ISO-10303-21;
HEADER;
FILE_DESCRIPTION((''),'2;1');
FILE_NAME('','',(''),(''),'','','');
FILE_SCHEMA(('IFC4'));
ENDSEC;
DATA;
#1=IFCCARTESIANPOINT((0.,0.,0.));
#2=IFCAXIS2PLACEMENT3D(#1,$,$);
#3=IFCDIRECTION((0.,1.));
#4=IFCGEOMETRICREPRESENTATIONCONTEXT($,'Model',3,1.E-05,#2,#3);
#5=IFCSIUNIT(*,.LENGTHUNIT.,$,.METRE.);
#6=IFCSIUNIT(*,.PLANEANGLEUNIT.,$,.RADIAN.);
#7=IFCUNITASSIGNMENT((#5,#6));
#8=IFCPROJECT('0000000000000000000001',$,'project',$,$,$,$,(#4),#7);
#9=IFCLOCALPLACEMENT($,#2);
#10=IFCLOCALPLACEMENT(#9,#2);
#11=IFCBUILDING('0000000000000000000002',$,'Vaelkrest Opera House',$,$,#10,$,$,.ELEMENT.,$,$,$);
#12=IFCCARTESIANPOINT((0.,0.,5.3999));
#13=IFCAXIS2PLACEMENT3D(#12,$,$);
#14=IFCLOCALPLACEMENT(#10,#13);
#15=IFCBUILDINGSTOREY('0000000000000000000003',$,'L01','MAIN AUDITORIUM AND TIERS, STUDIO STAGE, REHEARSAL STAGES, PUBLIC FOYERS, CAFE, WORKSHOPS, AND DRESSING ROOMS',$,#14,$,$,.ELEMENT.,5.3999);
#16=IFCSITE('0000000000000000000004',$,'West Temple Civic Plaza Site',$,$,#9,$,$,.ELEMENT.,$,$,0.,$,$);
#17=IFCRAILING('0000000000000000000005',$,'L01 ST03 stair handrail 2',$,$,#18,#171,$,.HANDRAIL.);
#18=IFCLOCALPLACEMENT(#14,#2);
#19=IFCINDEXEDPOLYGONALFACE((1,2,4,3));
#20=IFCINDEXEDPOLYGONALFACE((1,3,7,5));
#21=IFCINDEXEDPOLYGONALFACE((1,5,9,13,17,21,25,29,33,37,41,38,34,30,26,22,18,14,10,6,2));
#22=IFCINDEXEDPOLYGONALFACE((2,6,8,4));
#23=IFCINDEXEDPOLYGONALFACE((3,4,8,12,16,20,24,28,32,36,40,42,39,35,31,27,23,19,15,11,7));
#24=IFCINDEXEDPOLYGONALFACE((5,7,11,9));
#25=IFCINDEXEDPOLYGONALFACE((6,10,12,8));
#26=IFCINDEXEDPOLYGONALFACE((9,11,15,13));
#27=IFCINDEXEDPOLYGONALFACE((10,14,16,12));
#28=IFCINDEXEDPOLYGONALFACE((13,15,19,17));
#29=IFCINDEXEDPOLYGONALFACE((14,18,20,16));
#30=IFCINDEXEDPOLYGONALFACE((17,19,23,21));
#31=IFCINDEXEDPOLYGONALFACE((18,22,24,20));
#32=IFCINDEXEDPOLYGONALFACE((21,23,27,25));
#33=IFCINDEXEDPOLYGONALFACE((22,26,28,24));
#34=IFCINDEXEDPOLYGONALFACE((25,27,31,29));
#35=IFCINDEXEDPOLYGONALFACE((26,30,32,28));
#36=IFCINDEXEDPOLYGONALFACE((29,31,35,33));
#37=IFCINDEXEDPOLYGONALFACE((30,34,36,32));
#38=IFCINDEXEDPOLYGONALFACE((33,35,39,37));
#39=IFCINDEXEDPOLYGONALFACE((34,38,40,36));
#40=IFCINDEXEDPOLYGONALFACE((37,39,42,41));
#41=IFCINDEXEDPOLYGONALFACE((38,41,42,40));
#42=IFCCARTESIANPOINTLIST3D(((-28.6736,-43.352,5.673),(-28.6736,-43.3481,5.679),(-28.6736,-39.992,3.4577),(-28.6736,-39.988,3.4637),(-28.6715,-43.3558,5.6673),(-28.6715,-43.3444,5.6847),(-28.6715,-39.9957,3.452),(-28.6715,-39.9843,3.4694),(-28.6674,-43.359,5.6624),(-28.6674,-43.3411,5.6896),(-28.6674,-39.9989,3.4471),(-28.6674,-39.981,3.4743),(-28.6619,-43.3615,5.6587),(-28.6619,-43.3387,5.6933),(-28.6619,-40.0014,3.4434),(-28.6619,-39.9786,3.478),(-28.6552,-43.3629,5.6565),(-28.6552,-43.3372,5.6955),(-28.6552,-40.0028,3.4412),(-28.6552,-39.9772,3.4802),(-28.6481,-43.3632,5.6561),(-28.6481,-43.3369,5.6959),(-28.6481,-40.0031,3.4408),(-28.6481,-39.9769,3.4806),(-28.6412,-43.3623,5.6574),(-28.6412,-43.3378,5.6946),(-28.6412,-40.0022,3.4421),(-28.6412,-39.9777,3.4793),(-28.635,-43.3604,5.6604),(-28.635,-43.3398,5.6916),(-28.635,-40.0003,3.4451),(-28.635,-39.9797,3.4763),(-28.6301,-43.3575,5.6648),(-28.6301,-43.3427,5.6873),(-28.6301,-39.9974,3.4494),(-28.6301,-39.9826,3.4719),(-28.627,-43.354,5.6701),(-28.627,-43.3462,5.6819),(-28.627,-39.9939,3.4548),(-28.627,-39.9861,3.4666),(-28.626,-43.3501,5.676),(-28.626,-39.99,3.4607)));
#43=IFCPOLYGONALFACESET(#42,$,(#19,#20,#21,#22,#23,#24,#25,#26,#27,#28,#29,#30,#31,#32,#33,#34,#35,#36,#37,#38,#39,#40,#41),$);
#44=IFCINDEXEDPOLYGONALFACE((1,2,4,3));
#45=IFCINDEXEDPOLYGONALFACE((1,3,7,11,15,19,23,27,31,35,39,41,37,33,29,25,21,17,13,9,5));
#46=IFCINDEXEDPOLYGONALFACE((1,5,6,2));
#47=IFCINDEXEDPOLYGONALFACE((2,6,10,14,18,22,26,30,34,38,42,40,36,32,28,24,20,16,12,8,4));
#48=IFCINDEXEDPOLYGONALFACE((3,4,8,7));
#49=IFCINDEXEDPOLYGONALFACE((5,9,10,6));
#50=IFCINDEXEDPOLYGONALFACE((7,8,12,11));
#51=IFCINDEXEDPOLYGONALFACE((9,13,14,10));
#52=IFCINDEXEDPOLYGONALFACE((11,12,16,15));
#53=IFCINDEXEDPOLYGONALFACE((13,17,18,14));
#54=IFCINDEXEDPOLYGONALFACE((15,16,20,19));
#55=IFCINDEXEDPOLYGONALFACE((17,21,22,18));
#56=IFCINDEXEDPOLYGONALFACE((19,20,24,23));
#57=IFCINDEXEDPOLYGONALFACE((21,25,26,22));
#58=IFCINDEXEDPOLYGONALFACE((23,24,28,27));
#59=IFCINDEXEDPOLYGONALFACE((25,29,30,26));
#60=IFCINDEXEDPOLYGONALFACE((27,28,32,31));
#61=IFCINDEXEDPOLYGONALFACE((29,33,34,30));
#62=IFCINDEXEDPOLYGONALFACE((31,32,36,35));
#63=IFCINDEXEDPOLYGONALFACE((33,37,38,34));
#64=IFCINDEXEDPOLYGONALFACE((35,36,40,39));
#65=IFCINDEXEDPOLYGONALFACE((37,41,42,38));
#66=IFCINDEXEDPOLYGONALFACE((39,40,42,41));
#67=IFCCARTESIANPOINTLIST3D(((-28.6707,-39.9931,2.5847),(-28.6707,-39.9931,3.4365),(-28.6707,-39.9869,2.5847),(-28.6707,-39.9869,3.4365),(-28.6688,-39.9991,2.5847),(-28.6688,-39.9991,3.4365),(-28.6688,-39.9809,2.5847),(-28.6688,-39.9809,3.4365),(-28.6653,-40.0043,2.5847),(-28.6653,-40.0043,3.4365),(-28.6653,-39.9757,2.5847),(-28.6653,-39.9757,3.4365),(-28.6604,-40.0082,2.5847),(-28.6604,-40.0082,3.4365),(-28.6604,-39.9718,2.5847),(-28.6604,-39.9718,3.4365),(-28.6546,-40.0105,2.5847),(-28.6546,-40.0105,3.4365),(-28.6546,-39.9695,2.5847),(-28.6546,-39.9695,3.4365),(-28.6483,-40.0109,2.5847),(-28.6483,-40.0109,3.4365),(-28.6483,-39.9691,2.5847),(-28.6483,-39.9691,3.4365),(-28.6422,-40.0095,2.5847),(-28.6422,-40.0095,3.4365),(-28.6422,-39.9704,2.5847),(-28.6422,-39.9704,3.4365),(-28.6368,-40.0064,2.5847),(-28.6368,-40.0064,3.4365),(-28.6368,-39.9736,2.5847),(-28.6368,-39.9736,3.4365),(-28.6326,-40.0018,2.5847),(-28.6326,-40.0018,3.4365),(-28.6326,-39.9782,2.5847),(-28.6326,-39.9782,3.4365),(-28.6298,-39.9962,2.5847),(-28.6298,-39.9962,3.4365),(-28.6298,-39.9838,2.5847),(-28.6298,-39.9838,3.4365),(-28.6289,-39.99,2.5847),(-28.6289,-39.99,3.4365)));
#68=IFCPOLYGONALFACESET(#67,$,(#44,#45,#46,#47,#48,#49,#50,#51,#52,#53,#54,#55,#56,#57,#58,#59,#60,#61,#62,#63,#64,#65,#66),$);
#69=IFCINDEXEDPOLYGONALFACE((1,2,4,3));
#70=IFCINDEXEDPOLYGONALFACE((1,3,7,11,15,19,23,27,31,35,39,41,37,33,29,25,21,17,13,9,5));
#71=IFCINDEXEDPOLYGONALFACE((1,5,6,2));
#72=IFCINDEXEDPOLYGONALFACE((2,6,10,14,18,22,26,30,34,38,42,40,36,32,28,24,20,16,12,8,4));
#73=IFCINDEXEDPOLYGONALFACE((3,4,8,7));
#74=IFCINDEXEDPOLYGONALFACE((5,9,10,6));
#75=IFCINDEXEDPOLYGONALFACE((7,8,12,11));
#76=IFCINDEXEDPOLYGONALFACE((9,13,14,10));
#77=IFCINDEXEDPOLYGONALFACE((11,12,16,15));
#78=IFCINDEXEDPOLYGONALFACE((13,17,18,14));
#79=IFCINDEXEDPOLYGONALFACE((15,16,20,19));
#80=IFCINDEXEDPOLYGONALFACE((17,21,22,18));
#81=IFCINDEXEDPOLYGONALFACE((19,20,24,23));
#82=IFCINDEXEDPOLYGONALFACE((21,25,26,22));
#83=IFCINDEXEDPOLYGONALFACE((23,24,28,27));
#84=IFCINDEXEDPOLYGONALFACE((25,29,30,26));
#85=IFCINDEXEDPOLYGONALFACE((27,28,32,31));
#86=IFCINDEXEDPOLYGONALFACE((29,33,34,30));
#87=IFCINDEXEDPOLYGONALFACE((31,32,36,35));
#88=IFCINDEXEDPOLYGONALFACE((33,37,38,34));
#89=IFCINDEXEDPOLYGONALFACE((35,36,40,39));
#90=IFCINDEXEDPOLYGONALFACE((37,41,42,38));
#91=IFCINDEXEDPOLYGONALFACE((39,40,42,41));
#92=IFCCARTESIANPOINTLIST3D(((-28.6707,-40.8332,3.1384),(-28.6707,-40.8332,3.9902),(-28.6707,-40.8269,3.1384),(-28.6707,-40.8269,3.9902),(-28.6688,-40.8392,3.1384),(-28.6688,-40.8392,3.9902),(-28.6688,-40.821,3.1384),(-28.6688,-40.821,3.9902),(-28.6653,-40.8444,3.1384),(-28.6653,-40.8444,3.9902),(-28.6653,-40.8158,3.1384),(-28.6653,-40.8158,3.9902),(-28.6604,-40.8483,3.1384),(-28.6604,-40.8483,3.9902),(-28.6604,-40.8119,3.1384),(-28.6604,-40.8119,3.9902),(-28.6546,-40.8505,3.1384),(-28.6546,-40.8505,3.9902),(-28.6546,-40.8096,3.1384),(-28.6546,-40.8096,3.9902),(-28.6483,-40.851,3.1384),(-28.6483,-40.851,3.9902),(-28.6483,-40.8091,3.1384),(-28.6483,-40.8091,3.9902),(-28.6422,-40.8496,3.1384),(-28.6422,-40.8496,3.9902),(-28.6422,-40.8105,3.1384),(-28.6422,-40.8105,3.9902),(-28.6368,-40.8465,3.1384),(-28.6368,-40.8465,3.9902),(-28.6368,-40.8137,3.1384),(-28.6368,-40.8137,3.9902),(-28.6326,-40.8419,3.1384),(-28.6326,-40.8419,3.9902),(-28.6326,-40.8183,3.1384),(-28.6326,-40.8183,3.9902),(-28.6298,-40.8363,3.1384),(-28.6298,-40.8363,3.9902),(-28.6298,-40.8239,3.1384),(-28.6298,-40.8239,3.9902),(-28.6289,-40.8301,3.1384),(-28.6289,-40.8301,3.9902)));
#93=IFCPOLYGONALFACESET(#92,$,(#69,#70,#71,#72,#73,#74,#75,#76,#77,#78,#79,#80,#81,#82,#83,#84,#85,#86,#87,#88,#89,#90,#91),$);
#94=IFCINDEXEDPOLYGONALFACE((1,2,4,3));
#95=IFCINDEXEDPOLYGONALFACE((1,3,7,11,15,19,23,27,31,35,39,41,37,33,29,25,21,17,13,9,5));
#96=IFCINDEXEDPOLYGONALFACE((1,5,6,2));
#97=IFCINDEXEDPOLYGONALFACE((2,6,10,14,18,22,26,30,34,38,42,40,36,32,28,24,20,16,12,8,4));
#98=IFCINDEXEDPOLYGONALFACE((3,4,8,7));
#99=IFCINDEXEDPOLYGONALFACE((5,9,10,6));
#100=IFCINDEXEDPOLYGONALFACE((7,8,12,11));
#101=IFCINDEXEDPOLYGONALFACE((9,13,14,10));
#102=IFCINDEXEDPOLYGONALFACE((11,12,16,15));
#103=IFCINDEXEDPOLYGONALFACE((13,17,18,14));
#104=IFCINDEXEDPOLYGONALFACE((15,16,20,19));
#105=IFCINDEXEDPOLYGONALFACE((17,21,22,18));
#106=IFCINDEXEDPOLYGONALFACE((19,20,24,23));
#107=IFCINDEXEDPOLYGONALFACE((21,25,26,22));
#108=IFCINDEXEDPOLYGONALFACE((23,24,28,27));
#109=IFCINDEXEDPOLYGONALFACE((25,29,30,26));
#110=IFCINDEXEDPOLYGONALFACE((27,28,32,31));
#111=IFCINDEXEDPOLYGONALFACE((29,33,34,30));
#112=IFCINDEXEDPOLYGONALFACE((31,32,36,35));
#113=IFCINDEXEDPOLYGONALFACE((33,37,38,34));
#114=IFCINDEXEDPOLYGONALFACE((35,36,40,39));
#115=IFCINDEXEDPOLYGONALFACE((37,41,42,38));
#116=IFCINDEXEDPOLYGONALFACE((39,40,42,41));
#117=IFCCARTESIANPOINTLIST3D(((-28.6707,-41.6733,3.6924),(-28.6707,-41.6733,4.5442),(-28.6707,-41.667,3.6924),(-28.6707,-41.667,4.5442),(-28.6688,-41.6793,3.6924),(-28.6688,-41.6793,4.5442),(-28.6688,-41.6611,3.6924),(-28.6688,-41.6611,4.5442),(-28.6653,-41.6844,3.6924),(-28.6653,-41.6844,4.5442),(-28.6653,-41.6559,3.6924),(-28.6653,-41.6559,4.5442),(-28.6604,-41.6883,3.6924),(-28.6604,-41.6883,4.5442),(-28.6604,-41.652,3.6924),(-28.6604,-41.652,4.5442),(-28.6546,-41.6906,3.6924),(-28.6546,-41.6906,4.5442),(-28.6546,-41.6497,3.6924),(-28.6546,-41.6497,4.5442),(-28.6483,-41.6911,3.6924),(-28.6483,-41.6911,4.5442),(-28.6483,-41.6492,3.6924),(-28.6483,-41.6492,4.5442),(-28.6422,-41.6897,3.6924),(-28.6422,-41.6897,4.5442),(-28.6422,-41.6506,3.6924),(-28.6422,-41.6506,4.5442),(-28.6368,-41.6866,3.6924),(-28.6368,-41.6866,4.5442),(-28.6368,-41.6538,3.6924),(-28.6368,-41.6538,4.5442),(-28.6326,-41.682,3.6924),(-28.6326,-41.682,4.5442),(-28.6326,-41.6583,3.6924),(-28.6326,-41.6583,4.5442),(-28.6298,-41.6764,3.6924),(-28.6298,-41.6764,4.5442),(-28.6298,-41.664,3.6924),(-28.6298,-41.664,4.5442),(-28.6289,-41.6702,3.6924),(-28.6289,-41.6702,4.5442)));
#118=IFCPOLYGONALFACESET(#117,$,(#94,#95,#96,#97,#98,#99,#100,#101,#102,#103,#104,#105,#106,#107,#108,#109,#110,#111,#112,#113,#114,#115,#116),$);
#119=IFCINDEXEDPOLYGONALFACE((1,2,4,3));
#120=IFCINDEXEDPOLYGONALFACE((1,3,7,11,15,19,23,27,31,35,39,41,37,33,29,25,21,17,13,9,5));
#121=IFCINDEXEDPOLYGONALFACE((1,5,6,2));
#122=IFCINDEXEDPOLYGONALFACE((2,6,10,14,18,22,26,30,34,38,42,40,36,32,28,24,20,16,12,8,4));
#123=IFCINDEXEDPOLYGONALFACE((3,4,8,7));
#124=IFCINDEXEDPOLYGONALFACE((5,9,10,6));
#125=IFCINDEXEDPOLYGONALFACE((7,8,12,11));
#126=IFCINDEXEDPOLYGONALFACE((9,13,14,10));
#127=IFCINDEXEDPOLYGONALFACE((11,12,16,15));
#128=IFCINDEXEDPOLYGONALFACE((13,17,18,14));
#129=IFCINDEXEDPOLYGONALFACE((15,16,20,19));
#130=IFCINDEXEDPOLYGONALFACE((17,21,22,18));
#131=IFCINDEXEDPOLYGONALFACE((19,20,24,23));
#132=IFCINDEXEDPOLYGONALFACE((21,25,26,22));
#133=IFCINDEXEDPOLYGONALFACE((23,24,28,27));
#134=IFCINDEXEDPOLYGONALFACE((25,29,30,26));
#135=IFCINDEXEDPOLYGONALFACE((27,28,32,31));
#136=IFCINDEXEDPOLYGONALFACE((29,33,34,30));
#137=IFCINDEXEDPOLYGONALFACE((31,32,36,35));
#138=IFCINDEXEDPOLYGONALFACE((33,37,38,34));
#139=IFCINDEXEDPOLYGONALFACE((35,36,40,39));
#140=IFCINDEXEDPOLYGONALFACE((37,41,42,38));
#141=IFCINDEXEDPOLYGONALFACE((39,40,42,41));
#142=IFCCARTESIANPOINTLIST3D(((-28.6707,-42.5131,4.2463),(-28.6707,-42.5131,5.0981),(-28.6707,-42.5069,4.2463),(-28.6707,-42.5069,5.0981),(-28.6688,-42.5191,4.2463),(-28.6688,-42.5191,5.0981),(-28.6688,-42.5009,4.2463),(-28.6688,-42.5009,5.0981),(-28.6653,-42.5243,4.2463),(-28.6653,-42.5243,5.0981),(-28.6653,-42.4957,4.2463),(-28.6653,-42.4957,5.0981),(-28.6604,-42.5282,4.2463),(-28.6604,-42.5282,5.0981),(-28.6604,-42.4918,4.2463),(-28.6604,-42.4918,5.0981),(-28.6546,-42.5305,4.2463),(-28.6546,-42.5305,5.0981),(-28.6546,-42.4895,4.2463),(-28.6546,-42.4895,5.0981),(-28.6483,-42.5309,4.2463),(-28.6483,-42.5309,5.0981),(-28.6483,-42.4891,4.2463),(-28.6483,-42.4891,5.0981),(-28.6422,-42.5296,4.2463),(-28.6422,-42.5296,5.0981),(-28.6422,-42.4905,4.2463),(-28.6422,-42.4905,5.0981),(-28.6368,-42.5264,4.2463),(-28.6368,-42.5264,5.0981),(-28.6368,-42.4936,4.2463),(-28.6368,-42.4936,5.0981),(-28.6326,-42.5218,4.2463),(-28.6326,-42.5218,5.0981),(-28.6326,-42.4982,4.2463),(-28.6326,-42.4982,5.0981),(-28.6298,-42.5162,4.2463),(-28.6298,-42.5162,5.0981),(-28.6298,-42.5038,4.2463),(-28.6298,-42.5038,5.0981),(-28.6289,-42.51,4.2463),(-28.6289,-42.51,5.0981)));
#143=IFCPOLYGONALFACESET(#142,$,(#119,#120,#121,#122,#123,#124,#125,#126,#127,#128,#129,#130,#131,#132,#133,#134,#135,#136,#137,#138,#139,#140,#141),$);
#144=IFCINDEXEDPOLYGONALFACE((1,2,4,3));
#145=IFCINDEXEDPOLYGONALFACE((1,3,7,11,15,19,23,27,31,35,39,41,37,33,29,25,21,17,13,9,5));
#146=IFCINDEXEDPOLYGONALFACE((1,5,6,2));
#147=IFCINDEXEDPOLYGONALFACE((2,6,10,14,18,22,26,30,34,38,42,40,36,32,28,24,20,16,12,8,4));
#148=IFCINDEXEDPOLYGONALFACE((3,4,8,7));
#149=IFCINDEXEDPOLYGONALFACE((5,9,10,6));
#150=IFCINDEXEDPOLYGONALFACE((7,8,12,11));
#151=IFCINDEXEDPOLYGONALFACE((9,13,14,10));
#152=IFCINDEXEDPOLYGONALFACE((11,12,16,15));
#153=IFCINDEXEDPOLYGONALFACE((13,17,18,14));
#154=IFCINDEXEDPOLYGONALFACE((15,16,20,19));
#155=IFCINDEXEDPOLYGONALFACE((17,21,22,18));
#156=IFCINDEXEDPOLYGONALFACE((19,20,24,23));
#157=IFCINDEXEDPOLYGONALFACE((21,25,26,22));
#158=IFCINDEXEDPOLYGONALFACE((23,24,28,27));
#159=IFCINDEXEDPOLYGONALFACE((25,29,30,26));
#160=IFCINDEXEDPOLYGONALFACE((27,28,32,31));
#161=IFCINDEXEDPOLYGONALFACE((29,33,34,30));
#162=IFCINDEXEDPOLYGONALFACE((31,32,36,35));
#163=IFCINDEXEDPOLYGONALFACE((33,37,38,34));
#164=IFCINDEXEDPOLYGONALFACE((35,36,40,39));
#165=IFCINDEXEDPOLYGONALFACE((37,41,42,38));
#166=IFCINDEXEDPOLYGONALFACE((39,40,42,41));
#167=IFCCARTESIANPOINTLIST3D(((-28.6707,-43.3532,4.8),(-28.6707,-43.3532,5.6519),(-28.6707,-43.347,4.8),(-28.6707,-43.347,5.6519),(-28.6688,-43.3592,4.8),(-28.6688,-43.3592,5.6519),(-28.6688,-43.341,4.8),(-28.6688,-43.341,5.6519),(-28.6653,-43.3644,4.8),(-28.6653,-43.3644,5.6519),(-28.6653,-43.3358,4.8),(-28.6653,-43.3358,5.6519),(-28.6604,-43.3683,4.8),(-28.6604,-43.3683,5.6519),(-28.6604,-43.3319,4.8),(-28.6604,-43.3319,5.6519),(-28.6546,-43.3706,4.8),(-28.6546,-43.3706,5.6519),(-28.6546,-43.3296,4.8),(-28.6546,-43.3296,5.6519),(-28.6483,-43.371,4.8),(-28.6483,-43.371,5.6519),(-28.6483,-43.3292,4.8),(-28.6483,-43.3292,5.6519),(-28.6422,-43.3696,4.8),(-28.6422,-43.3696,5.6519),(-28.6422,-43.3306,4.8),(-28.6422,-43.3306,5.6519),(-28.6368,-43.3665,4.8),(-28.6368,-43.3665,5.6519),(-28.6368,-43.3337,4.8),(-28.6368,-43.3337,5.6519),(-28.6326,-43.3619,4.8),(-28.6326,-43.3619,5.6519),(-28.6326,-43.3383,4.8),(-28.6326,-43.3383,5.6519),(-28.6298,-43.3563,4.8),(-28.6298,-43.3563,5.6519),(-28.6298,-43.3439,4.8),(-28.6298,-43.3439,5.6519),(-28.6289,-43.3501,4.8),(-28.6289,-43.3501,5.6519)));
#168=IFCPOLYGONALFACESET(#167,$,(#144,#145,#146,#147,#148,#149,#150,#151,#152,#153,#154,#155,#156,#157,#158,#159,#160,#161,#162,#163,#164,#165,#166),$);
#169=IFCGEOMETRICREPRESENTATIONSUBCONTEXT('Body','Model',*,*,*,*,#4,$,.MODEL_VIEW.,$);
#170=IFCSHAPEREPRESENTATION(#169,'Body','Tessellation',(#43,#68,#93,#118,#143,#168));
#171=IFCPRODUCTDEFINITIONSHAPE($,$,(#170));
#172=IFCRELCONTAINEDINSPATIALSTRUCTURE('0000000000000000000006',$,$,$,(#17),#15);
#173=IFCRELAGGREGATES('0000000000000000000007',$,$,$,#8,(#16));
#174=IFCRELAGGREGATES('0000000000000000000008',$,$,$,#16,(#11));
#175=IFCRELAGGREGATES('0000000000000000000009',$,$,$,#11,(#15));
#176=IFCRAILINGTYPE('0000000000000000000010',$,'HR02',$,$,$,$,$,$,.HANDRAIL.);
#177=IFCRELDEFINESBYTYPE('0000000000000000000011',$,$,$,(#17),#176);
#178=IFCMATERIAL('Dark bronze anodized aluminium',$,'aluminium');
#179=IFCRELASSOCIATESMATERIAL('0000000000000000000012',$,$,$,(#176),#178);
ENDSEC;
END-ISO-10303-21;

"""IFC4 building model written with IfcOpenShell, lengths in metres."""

from ifc_helpers import new_model, si_unit, direction, frame, origin, origin_2d, place, context, subcontext, project, spatial, circle, extrude, material, type_object, element, save


model = new_model("IFC4")

# Units and contexts
model_context = context("Model", 3, precision=1e-05, world=origin(), true_north=direction((0.0, 1.0)))
body_context = subcontext(model_context, "Body", "Model", "MODEL_VIEW")
ifc_project = project(units=[si_unit("LENGTHUNIT", "METRE"), si_unit("PLANEANGLEUNIT", "RADIAN")], contexts=[model_context])

# Site, building, storey
site_placement = place(None, origin())
site = spatial("IfcSite", under=ifc_project, at=site_placement, Name="West Temple Civic Plaza Site", CompositionType="ELEMENT", RefElevation=0.0)
building_placement = place(site_placement, origin())
building = spatial("IfcBuilding", under=site, at=building_placement, Name="Vaelkrest Opera House", CompositionType="ELEMENT")
storey_placement = place(building_placement, frame((0.0, 0.0, 5.3999)))
storey = spatial("IfcBuildingStorey", under=building, at=storey_placement, Name="L01", Description="MAIN AUDITORIUM AND TIERS, STUDIO STAGE, REHEARSAL STAGES, PUBLIC FOYERS, CAFE, WORKSHOPS, AND DRESSING ROOMS", CompositionType="ELEMENT", Elevation=5.3999)

# Shared definitions
ifc_material_1 = material(Name="Dark bronze anodized aluminium", Category="aluminium")

# Railing
railing_type_1 = type_object("IfcRailingType", Name="HR02", PredefinedType="HANDRAIL", material=ifc_material_1)
railing_1_placement = place(storey_placement, frame((-28.6499, -39.99, 2.5847)))
element("IfcRailing", 1, at=railing_1_placement, inside=storey, type_object=railing_type_1, Name="L01 ST03 stair handrail 2", PredefinedType="HANDRAIL", context=body_context, shape_type="SweptSolid", body=[
    extrude(circle(Radius=0.0239, at=origin_2d()), frame((0.0, 0.0, 0.876), z_axis=(0.0, -0.834876, 0.550437), x_axis=(1.0, 0.0, 0.0)), (0.0, 0.0, 1.0), 4.0247),
    extrude(circle(Radius=0.021, at=origin_2d()), origin(), (0.0, 0.0, 1.0), 0.8518),
    extrude(circle(Radius=0.021, at=origin_2d()), frame((0.0, -0.8401, 0.5537)), (0.0, 0.0, 1.0), 0.8518),
    extrude(circle(Radius=0.021, at=origin_2d()), frame((0.0, -1.6802, 1.1077)), (0.0, 0.0, 1.0), 0.8518),
    extrude(circle(Radius=0.021, at=origin_2d()), frame((0.0, -2.52, 1.6616)), (0.0, 0.0, 1.0), 0.8518),
    extrude(circle(Radius=0.021, at=origin_2d()), frame((0.0, -3.3601, 2.2153)), (0.0, 0.0, 1.0), 0.8518),
])

save(model, "model.ifc")
